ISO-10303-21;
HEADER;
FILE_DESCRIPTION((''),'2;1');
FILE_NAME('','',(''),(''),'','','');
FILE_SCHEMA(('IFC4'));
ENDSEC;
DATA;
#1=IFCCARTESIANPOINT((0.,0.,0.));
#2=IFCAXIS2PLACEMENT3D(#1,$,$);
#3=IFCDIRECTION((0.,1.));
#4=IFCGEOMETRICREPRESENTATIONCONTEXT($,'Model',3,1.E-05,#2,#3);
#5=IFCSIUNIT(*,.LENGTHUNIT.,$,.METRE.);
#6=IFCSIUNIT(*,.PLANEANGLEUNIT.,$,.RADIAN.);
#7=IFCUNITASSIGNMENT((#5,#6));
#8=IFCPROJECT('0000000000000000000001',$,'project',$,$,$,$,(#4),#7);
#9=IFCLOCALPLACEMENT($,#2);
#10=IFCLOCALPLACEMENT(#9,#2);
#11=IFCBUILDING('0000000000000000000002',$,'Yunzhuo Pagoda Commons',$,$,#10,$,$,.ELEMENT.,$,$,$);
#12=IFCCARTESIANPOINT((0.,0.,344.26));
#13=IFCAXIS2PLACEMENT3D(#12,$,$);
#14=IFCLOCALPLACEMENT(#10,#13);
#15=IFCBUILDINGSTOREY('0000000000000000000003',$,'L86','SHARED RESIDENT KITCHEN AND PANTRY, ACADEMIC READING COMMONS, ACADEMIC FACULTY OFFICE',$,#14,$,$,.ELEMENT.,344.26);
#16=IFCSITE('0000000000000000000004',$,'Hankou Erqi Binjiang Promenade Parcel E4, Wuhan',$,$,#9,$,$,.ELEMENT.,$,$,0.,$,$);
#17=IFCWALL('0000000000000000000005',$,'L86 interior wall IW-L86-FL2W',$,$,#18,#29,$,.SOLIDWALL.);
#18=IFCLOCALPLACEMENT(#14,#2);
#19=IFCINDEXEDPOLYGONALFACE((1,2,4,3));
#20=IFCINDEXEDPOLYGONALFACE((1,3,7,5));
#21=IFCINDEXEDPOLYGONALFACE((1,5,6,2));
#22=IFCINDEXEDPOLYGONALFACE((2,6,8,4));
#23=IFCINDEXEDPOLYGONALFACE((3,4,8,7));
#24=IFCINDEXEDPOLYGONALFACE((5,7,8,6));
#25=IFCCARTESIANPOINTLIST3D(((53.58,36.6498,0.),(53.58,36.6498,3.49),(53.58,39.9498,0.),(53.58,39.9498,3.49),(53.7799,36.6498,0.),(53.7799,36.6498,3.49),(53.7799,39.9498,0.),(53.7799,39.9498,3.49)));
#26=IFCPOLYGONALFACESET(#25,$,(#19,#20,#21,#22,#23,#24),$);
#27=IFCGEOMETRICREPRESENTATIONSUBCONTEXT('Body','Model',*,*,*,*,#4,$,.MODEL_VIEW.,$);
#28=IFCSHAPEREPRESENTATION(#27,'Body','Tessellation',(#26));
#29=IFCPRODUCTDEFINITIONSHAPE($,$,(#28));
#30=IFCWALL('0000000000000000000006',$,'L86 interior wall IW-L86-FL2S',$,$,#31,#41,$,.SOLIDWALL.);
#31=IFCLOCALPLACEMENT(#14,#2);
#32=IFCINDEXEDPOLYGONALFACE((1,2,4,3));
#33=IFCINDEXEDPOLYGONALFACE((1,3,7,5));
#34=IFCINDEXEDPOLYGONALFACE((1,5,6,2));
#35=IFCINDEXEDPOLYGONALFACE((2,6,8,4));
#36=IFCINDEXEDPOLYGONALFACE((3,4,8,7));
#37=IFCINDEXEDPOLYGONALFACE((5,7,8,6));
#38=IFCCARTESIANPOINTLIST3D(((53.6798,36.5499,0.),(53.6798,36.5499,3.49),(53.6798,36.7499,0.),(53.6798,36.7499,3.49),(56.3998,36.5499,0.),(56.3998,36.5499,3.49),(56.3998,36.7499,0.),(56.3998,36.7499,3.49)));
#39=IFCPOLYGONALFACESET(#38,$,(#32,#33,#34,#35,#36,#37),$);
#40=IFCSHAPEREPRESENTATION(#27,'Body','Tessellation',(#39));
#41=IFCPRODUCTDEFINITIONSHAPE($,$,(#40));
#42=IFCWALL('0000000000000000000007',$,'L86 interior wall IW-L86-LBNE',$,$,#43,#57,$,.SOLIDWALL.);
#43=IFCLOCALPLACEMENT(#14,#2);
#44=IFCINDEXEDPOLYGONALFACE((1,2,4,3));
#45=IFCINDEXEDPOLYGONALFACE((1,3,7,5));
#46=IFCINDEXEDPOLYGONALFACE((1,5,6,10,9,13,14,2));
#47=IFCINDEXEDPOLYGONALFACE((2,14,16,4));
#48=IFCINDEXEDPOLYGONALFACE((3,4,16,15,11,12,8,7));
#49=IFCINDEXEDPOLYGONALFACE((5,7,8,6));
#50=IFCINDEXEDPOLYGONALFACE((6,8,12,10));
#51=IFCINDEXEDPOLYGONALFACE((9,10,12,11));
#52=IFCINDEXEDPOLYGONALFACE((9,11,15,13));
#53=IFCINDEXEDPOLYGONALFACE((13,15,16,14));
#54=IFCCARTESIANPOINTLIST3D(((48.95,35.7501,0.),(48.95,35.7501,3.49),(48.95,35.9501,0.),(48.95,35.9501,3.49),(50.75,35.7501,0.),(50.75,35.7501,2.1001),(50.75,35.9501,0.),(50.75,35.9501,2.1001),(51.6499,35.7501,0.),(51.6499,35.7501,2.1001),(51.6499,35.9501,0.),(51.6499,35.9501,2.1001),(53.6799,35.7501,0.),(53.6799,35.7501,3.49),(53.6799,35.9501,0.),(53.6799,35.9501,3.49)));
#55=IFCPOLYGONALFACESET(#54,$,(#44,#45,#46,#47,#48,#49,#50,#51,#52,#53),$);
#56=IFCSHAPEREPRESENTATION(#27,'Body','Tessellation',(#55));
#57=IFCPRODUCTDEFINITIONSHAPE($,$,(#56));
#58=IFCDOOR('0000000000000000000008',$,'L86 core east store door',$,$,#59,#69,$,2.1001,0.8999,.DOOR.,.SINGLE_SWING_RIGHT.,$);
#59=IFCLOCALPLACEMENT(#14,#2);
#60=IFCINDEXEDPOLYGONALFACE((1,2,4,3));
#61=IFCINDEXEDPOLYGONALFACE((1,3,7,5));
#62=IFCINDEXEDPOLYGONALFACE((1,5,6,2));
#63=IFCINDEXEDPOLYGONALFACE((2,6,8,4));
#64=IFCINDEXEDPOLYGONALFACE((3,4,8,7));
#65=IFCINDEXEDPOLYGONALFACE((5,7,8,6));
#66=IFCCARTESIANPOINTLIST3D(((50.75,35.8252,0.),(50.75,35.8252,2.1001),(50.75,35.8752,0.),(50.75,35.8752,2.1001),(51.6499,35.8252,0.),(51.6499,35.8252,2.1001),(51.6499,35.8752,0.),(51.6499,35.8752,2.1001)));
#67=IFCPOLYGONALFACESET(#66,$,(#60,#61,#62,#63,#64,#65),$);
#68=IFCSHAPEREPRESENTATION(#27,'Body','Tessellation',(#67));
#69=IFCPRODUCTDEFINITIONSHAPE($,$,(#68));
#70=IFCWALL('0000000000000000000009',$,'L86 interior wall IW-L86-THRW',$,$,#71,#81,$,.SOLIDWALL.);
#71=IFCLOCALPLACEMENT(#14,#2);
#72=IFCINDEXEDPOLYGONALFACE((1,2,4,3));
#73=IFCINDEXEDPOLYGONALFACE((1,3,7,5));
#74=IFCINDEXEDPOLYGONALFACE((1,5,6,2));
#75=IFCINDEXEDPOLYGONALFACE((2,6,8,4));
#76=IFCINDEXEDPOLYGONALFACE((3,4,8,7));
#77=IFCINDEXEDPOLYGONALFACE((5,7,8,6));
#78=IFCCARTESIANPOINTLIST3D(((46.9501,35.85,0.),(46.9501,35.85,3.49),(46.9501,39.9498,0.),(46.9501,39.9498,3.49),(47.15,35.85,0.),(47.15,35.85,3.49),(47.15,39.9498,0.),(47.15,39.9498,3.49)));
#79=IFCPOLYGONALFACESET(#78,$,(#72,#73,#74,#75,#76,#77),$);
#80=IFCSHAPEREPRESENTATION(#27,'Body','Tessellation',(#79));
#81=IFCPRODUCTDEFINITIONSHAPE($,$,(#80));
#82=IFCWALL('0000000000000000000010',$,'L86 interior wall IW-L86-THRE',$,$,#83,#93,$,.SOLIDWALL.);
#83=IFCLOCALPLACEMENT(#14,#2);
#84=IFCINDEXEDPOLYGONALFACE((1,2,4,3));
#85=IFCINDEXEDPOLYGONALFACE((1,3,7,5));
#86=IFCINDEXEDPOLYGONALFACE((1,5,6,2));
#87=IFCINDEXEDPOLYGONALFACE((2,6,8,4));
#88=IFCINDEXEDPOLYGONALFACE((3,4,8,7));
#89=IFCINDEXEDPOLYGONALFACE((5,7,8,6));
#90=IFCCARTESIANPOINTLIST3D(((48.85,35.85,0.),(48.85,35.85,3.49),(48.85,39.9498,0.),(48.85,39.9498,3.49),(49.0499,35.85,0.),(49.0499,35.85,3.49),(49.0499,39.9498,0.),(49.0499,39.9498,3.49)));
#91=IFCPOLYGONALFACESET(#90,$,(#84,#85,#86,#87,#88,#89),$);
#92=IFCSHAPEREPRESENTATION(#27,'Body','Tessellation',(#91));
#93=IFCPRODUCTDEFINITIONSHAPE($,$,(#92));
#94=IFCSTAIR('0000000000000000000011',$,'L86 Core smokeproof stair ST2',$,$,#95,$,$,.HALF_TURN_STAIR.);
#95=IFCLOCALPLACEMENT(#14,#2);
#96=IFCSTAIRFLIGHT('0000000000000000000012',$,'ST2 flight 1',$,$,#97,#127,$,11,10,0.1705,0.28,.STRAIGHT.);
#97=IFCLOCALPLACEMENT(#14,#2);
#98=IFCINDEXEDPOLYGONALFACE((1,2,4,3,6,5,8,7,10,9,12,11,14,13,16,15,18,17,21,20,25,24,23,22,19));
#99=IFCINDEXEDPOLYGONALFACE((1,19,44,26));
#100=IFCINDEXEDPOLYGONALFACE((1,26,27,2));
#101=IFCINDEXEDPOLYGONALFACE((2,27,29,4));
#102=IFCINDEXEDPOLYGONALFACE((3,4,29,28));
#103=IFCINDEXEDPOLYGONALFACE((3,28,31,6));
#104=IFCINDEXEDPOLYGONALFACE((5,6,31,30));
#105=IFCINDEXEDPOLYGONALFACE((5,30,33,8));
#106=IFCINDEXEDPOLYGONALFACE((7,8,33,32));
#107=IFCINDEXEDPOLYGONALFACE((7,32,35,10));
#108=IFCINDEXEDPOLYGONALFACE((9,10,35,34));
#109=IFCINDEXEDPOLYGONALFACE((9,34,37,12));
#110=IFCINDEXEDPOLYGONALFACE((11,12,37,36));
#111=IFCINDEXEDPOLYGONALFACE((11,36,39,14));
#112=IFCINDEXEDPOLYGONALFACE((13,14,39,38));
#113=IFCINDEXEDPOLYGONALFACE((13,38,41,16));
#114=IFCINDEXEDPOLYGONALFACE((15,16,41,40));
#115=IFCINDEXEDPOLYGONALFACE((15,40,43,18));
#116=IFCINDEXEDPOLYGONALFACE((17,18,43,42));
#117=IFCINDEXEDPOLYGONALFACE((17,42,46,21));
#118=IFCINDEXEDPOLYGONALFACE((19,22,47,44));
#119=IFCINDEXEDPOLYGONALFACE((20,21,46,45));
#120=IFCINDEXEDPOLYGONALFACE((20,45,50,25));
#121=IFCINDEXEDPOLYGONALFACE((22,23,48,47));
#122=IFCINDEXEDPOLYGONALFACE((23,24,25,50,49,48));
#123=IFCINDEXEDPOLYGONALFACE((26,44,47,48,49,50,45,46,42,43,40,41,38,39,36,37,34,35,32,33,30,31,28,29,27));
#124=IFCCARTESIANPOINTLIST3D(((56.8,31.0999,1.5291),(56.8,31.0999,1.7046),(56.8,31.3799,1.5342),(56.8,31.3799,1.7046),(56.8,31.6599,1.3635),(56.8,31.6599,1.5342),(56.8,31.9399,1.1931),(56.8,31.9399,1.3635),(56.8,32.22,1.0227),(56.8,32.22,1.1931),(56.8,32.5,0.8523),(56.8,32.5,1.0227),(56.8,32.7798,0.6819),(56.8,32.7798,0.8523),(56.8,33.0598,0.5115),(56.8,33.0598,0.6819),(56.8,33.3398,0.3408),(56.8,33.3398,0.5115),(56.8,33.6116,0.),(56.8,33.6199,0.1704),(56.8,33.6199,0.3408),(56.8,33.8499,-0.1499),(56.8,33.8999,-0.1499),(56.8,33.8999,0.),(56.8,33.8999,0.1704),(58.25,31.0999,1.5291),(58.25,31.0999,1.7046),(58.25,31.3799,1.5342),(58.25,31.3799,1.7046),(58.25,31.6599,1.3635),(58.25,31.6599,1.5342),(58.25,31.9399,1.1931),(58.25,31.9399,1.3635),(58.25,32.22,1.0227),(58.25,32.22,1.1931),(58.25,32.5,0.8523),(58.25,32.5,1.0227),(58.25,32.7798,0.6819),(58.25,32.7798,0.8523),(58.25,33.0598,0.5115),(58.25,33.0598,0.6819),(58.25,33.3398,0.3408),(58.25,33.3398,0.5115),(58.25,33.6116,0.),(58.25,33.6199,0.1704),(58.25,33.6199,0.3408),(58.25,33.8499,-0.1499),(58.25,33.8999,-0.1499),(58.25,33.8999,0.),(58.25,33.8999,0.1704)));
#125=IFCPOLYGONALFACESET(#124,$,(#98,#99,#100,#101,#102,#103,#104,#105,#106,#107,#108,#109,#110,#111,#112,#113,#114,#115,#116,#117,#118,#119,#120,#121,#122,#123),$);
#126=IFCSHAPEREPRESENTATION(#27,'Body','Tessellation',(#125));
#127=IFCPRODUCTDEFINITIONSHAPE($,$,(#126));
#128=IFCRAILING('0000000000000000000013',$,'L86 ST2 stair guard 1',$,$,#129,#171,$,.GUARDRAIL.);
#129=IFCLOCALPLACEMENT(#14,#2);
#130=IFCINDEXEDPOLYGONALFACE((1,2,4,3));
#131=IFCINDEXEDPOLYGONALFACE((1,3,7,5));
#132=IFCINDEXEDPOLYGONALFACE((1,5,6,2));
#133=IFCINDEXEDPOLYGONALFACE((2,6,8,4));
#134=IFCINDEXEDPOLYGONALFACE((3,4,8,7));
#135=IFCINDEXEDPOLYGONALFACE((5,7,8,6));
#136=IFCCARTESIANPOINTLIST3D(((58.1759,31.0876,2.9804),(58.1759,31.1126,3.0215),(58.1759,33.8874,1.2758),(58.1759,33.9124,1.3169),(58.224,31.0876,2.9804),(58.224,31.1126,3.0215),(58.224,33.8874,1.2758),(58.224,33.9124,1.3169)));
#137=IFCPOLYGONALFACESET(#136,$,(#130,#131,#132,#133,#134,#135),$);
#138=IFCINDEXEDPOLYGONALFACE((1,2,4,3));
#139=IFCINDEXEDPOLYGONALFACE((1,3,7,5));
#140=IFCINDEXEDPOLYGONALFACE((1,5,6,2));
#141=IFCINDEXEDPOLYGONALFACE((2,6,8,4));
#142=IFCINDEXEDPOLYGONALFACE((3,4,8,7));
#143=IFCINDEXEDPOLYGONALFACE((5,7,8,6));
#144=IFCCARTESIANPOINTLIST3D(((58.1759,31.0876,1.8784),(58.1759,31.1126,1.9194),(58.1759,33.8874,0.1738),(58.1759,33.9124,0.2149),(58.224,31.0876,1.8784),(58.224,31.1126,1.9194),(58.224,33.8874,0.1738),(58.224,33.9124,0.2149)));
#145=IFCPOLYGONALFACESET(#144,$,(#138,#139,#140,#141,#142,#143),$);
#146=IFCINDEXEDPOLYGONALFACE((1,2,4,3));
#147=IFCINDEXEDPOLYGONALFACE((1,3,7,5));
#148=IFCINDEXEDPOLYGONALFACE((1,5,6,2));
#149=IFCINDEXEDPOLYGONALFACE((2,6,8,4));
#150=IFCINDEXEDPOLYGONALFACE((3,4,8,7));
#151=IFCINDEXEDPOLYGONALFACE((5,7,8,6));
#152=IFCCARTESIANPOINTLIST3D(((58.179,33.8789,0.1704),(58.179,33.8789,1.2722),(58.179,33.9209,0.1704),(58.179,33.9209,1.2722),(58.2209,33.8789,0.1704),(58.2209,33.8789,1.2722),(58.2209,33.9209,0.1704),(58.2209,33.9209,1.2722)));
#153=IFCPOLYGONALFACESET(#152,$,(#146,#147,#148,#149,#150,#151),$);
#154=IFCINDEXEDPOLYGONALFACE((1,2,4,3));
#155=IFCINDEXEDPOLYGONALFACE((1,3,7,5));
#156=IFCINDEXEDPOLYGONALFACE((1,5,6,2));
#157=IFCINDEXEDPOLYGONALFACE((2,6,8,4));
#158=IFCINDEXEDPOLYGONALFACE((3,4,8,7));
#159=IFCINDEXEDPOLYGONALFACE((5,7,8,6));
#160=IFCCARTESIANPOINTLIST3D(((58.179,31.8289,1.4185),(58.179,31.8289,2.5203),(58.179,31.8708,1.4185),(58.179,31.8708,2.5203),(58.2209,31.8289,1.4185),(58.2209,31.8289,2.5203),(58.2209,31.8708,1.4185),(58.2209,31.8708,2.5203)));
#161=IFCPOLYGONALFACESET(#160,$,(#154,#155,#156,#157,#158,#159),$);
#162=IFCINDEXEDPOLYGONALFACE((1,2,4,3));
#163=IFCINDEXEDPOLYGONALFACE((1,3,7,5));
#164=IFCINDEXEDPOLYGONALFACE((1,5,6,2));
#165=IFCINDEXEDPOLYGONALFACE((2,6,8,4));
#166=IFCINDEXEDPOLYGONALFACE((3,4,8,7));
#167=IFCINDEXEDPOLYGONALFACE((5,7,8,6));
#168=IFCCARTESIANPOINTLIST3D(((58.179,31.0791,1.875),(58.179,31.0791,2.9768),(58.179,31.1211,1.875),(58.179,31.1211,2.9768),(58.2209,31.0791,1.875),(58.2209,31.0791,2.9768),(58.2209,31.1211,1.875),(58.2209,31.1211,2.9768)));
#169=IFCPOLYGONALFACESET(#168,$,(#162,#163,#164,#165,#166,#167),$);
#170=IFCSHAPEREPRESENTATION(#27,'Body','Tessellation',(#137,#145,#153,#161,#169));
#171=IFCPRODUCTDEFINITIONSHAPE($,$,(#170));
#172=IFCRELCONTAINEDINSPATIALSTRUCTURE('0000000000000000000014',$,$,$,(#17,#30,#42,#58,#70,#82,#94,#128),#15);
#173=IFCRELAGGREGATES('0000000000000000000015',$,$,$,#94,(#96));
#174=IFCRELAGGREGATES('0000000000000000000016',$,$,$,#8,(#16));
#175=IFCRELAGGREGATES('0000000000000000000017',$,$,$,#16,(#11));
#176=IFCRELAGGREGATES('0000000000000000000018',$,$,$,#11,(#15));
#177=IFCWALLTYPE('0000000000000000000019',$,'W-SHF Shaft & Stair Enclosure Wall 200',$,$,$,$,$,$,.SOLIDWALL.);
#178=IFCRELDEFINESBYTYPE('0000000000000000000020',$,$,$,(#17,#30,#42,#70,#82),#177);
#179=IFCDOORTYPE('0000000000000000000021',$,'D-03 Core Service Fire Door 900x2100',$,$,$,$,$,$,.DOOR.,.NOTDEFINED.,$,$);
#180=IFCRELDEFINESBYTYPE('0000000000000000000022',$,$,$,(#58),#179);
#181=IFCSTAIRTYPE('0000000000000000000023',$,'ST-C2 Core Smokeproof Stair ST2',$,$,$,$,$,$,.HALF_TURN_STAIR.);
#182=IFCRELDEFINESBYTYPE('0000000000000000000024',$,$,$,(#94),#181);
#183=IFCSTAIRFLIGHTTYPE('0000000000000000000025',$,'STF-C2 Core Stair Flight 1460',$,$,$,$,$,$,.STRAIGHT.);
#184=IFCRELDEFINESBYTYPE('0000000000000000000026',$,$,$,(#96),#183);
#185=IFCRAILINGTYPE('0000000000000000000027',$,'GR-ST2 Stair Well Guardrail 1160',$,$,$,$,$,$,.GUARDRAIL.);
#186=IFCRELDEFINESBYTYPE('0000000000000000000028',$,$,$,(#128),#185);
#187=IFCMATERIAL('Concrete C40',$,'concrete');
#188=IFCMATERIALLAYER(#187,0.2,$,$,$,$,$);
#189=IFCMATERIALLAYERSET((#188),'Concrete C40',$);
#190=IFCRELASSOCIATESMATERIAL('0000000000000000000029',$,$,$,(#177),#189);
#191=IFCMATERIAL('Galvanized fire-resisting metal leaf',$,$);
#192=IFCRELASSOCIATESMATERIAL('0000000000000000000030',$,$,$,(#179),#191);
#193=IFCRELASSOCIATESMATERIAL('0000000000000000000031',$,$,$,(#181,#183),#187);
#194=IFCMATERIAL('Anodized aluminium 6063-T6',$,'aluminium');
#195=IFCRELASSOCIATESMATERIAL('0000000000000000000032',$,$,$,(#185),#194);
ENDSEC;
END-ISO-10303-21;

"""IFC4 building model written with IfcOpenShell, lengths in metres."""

from ifc_helpers import new_model, si_unit, direction, frame, frame_2d, origin, origin_2d, place, context, subcontext, project, spatial, polyline, rectangle, outline, extrude, source, transform, mapped, material, layer, layer_set, type_object, element, fill, aggregate, save


model = new_model("IFC4")

# Units and contexts
model_context = context("Model", 3, precision=1e-05, world=origin(), true_north=direction((0.0, 1.0)))
body_context = subcontext(model_context, "Body", "Model", "MODEL_VIEW")
ifc_project = project(units=[si_unit("LENGTHUNIT", "METRE"), si_unit("PLANEANGLEUNIT", "RADIAN")], contexts=[model_context])

# Site, building, storey
site_placement = place(None, origin())
site = spatial("IfcSite", under=ifc_project, at=site_placement, Name="Hankou Erqi Binjiang Promenade Parcel E4, Wuhan", CompositionType="ELEMENT", RefElevation=0.0)
building_placement = place(site_placement, origin())
building = spatial("IfcBuilding", under=site, at=building_placement, Name="Yunzhuo Pagoda Commons", CompositionType="ELEMENT")
storey_placement = place(building_placement, frame((0.0, 0.0, 344.26)))
storey = spatial("IfcBuildingStorey", under=building, at=storey_placement, Name="L86", Description="SHARED RESIDENT KITCHEN AND PANTRY, ACADEMIC READING COMMONS, ACADEMIC FACULTY OFFICE", CompositionType="ELEMENT", Elevation=344.26)

# Shared definitions
ifc_material_1 = material(Name="Galvanized fire-resisting metal leaf")

# Walls
ifc_material_2 = material(Name="Concrete C40", Category="concrete")
ifc_layer_1 = layer(ifc_material_2, 0.2)
ifc_layer_set_1 = layer_set([ifc_layer_1], Name="Concrete C40")
wall_type_1 = type_object("IfcWallType", Name="W-SHF Shaft & Stair Enclosure Wall 200", PredefinedType="SOLIDWALL", material=ifc_layer_set_1)
wall_1_placement = place(storey_placement, frame((53.6799, 36.6499, 0.0), z_axis=(0.0, 0.0, 1.0), x_axis=(0.0, 1.0, 0.0)))
element("IfcWall", 1, at=wall_1_placement, inside=storey, type_object=wall_type_1, Name="L86 interior wall IW-L86-FL2W", PredefinedType="SOLIDWALL", context=body_context, shape_type="SweptSolid", body=[
    extrude(rectangle(XDim=3.3, YDim=0.2, at=frame_2d((1.6499, 0.0))), origin(), (0.0, 0.0, 1.0), 3.49),
])
wall_2_placement = place(storey_placement, frame((53.6799, 36.6499, 0.0), z_axis=(0.0, 0.0, 1.0), x_axis=(1.0, 0.0, 0.0)))
element("IfcWall", 2, at=wall_2_placement, inside=storey, type_object=wall_type_1, Name="L86 interior wall IW-L86-FL2S", PredefinedType="SOLIDWALL", context=body_context, shape_type="SweptSolid", body=[
    extrude(rectangle(XDim=2.72, YDim=0.2, at=frame_2d((1.3599, 0.0))), origin(), (0.0, 0.0, 1.0), 3.49),
])

# Wall, opening, door
wall_3_placement = place(storey_placement, frame((48.95, 35.8501, 0.0), z_axis=(0.0, 0.0, 1.0), x_axis=(1.0, 0.0, 0.0)))
wall_3 = element("IfcWall", 3, at=wall_3_placement, inside=storey, type_object=wall_type_1, Name="L86 interior wall IW-L86-LBNE", PredefinedType="SOLIDWALL", context=body_context, shape_type="SweptSolid", body=[
    extrude(rectangle(XDim=4.73, YDim=0.2, at=frame_2d((2.365, 0.0))), origin(), (0.0, 0.0, 1.0), 3.49),
])
opening_1_placement = place(wall_3_placement, frame((1.8, 0.0, 0.0)))
opening_1 = element("IfcOpeningElement", 4, at=opening_1_placement, cuts=wall_3, PredefinedType="OPENING", context=body_context, shape_type="SweptSolid", body=[
    extrude(rectangle(XDim=0.8999, YDim=2.1001, at=frame_2d((0.45, 1.05))), frame((0.0, 0.1099, 0.0), z_axis=(0.0, -1.0, 0.0), x_axis=(1.0, 0.0, 0.0)), (0.0, 0.0, 1.0), 0.22),
])
door_type_1 = type_object("IfcDoorType", Name="D-03 Core Service Fire Door 900x2100", OperationType="NOTDEFINED", PredefinedType="DOOR", material=ifc_material_1)
shared_shape_1 = source(origin(), body_context, "Body", "SweptSolid", [
    extrude(rectangle(XDim=0.8999, YDim=2.1001, at=frame_2d((0.45, 1.05))), frame((0.0, 0.0249, 0.0), z_axis=(0.0, -1.0, 0.0), x_axis=(1.0, 0.0, 0.0)), (0.0, 0.0, 1.0), 0.05),
])
door_1_placement = place(opening_1_placement, frame((0.8999, 0.0, 0.0), z_axis=(0.0, 0.0, 1.0), x_axis=(-1.0, 0.0, 0.0)))
door_1 = element("IfcDoor", 5, at=door_1_placement, inside=storey, type_object=door_type_1, Name="L86 core east store door", OperationType="SINGLE_SWING_RIGHT", OverallHeight=2.1001, OverallWidth=0.8999, PredefinedType="DOOR", context=body_context, shape_type="MappedRepresentation", body=[
    mapped(shared_shape_1, transform((0.0, 0.0, 0.0), scale=1.0)),
])
fill(opening_1, door_1)

# Walls
for number, where, z_axis, x_axis, name in (
    (6, (47.05, 35.8501, 0.0), (0.0, 0.0, 1.0), (0.0, 1.0, 0.0), "L86 interior wall IW-L86-THRW"),
    (7, (48.95, 35.8501, 0.0), (0.0, 0.0, 1.0), (0.0, 1.0, 0.0), "L86 interior wall IW-L86-THRE"),
):
    element("IfcWall", number, at=place(storey_placement, frame(where, z_axis=z_axis, x_axis=x_axis)), inside=storey, type_object=wall_type_1, Name=name, PredefinedType="SOLIDWALL", context=body_context, shape_type="SweptSolid", body=[
        extrude(rectangle(XDim=4.0999, YDim=0.2, at=frame_2d((2.0498, 0.0))), origin(), (0.0, 0.0, 1.0), 3.49),
    ])

# Stair, stair flight
stair_type = type_object("IfcStairType", Name="ST-C2 Core Smokeproof Stair ST2", PredefinedType="HALF_TURN_STAIR", material=ifc_material_2)
stair_placement = place(storey_placement, origin())
stair = element("IfcStair", 8, at=stair_placement, inside=storey, type_object=stair_type, Name="L86 Core smokeproof stair ST2", PredefinedType="HALF_TURN_STAIR")
stair_flight_type = type_object("IfcStairFlightType", Name="STF-C2 Core Stair Flight 1460", PredefinedType="STRAIGHT", material=ifc_material_2)
shared_shape_2 = source(origin(), body_context, "Body", "SweptSolid", [
    extrude(outline(polyline([(0.0, -0.1499), (0.0, 0.0), (0.0, 0.1704), (0.28, 0.1704), (0.28, 0.3408), (0.5601, 0.3408), (0.5601, 0.5115), (0.8401, 0.5115), (0.8401, 0.6819), (1.1201, 0.6819), (1.1201, 0.8523), (1.3999, 0.8523), (1.3999, 1.0227), (1.6799, 1.0227), (1.6799, 1.1931), (1.96, 1.1931), (1.96, 1.3635), (2.24, 1.3635), (2.24, 1.5342), (2.52, 1.5342), (2.52, 1.7046), (2.8, 1.7046), (2.8, 1.875), (2.8, 1.5291), (0.2883, 0.0), (0.05, -0.1499), (0.0, -0.1499)])), frame((0.0, 0.7251, 0.0), z_axis=(0.0, -1.0, 0.0), x_axis=(1.0, 0.0, 0.0)), (0.0, 0.0, 1.0), 1.45),
])
stair_flight_placement = place(storey_placement, frame((57.5249, 33.8999, 0.0), z_axis=(0.0, 0.0, 1.0), x_axis=(0.0, -1.0, 0.0)))
stair_flight = element("IfcStairFlight", 9, at=stair_flight_placement, type_object=stair_flight_type, Name="ST2 flight 1", NumberOfRisers=11, NumberOfTreads=10, PredefinedType="STRAIGHT", RiserHeight=0.1705, TreadLength=0.28, context=body_context, shape_type="MappedRepresentation", body=[
    mapped(shared_shape_2, transform((0.0, 0.0, 0.0), scale=1.0)),
])
aggregate(stair, [stair_flight])

# Railing
ifc_material_3 = material(Name="Anodized aluminium 6063-T6", Category="aluminium")
railing_type_1 = type_object("IfcRailingType", Name="GR-ST2 Stair Well Guardrail 1160", PredefinedType="GUARDRAIL", material=ifc_material_3)
railing_1_placement = place(storey_placement, frame((58.2, 33.8999, 0.1704)))
element("IfcRailing", 10, at=railing_1_placement, inside=storey, type_object=railing_type_1, Name="L86 ST2 stair guard 1", PredefinedType="GUARDRAIL", context=body_context, shape_type="SweptSolid", body=[
    extrude(rectangle(XDim=0.0481, YDim=0.0481, at=origin_2d()), frame((0.0, 0.0, 1.126), z_axis=(0.0, -0.85415, 0.520027), x_axis=(1.0, 0.0, 0.0)), (0.0, 0.0, 1.0), 3.2778),
    extrude(rectangle(XDim=0.0481, YDim=0.0481, at=origin_2d()), frame((0.0, 0.0, 0.0239), z_axis=(0.0, -0.85415, 0.520027), x_axis=(1.0, 0.0, 0.0)), (0.0, 0.0, 1.0), 3.2778),
    extrude(rectangle(XDim=0.042, YDim=0.042, at=origin_2d()), origin(), (0.0, 0.0, 1.0), 1.1018),
    extrude(rectangle(XDim=0.042, YDim=0.042, at=origin_2d()), frame((0.0, -2.05, 1.248)), (0.0, 0.0, 1.0), 1.1018),
    extrude(rectangle(XDim=0.042, YDim=0.042, at=origin_2d()), frame((0.0, -2.7998, 1.7046)), (0.0, 0.0, 1.0), 1.1018),
])

save(model, "model.ifc")
